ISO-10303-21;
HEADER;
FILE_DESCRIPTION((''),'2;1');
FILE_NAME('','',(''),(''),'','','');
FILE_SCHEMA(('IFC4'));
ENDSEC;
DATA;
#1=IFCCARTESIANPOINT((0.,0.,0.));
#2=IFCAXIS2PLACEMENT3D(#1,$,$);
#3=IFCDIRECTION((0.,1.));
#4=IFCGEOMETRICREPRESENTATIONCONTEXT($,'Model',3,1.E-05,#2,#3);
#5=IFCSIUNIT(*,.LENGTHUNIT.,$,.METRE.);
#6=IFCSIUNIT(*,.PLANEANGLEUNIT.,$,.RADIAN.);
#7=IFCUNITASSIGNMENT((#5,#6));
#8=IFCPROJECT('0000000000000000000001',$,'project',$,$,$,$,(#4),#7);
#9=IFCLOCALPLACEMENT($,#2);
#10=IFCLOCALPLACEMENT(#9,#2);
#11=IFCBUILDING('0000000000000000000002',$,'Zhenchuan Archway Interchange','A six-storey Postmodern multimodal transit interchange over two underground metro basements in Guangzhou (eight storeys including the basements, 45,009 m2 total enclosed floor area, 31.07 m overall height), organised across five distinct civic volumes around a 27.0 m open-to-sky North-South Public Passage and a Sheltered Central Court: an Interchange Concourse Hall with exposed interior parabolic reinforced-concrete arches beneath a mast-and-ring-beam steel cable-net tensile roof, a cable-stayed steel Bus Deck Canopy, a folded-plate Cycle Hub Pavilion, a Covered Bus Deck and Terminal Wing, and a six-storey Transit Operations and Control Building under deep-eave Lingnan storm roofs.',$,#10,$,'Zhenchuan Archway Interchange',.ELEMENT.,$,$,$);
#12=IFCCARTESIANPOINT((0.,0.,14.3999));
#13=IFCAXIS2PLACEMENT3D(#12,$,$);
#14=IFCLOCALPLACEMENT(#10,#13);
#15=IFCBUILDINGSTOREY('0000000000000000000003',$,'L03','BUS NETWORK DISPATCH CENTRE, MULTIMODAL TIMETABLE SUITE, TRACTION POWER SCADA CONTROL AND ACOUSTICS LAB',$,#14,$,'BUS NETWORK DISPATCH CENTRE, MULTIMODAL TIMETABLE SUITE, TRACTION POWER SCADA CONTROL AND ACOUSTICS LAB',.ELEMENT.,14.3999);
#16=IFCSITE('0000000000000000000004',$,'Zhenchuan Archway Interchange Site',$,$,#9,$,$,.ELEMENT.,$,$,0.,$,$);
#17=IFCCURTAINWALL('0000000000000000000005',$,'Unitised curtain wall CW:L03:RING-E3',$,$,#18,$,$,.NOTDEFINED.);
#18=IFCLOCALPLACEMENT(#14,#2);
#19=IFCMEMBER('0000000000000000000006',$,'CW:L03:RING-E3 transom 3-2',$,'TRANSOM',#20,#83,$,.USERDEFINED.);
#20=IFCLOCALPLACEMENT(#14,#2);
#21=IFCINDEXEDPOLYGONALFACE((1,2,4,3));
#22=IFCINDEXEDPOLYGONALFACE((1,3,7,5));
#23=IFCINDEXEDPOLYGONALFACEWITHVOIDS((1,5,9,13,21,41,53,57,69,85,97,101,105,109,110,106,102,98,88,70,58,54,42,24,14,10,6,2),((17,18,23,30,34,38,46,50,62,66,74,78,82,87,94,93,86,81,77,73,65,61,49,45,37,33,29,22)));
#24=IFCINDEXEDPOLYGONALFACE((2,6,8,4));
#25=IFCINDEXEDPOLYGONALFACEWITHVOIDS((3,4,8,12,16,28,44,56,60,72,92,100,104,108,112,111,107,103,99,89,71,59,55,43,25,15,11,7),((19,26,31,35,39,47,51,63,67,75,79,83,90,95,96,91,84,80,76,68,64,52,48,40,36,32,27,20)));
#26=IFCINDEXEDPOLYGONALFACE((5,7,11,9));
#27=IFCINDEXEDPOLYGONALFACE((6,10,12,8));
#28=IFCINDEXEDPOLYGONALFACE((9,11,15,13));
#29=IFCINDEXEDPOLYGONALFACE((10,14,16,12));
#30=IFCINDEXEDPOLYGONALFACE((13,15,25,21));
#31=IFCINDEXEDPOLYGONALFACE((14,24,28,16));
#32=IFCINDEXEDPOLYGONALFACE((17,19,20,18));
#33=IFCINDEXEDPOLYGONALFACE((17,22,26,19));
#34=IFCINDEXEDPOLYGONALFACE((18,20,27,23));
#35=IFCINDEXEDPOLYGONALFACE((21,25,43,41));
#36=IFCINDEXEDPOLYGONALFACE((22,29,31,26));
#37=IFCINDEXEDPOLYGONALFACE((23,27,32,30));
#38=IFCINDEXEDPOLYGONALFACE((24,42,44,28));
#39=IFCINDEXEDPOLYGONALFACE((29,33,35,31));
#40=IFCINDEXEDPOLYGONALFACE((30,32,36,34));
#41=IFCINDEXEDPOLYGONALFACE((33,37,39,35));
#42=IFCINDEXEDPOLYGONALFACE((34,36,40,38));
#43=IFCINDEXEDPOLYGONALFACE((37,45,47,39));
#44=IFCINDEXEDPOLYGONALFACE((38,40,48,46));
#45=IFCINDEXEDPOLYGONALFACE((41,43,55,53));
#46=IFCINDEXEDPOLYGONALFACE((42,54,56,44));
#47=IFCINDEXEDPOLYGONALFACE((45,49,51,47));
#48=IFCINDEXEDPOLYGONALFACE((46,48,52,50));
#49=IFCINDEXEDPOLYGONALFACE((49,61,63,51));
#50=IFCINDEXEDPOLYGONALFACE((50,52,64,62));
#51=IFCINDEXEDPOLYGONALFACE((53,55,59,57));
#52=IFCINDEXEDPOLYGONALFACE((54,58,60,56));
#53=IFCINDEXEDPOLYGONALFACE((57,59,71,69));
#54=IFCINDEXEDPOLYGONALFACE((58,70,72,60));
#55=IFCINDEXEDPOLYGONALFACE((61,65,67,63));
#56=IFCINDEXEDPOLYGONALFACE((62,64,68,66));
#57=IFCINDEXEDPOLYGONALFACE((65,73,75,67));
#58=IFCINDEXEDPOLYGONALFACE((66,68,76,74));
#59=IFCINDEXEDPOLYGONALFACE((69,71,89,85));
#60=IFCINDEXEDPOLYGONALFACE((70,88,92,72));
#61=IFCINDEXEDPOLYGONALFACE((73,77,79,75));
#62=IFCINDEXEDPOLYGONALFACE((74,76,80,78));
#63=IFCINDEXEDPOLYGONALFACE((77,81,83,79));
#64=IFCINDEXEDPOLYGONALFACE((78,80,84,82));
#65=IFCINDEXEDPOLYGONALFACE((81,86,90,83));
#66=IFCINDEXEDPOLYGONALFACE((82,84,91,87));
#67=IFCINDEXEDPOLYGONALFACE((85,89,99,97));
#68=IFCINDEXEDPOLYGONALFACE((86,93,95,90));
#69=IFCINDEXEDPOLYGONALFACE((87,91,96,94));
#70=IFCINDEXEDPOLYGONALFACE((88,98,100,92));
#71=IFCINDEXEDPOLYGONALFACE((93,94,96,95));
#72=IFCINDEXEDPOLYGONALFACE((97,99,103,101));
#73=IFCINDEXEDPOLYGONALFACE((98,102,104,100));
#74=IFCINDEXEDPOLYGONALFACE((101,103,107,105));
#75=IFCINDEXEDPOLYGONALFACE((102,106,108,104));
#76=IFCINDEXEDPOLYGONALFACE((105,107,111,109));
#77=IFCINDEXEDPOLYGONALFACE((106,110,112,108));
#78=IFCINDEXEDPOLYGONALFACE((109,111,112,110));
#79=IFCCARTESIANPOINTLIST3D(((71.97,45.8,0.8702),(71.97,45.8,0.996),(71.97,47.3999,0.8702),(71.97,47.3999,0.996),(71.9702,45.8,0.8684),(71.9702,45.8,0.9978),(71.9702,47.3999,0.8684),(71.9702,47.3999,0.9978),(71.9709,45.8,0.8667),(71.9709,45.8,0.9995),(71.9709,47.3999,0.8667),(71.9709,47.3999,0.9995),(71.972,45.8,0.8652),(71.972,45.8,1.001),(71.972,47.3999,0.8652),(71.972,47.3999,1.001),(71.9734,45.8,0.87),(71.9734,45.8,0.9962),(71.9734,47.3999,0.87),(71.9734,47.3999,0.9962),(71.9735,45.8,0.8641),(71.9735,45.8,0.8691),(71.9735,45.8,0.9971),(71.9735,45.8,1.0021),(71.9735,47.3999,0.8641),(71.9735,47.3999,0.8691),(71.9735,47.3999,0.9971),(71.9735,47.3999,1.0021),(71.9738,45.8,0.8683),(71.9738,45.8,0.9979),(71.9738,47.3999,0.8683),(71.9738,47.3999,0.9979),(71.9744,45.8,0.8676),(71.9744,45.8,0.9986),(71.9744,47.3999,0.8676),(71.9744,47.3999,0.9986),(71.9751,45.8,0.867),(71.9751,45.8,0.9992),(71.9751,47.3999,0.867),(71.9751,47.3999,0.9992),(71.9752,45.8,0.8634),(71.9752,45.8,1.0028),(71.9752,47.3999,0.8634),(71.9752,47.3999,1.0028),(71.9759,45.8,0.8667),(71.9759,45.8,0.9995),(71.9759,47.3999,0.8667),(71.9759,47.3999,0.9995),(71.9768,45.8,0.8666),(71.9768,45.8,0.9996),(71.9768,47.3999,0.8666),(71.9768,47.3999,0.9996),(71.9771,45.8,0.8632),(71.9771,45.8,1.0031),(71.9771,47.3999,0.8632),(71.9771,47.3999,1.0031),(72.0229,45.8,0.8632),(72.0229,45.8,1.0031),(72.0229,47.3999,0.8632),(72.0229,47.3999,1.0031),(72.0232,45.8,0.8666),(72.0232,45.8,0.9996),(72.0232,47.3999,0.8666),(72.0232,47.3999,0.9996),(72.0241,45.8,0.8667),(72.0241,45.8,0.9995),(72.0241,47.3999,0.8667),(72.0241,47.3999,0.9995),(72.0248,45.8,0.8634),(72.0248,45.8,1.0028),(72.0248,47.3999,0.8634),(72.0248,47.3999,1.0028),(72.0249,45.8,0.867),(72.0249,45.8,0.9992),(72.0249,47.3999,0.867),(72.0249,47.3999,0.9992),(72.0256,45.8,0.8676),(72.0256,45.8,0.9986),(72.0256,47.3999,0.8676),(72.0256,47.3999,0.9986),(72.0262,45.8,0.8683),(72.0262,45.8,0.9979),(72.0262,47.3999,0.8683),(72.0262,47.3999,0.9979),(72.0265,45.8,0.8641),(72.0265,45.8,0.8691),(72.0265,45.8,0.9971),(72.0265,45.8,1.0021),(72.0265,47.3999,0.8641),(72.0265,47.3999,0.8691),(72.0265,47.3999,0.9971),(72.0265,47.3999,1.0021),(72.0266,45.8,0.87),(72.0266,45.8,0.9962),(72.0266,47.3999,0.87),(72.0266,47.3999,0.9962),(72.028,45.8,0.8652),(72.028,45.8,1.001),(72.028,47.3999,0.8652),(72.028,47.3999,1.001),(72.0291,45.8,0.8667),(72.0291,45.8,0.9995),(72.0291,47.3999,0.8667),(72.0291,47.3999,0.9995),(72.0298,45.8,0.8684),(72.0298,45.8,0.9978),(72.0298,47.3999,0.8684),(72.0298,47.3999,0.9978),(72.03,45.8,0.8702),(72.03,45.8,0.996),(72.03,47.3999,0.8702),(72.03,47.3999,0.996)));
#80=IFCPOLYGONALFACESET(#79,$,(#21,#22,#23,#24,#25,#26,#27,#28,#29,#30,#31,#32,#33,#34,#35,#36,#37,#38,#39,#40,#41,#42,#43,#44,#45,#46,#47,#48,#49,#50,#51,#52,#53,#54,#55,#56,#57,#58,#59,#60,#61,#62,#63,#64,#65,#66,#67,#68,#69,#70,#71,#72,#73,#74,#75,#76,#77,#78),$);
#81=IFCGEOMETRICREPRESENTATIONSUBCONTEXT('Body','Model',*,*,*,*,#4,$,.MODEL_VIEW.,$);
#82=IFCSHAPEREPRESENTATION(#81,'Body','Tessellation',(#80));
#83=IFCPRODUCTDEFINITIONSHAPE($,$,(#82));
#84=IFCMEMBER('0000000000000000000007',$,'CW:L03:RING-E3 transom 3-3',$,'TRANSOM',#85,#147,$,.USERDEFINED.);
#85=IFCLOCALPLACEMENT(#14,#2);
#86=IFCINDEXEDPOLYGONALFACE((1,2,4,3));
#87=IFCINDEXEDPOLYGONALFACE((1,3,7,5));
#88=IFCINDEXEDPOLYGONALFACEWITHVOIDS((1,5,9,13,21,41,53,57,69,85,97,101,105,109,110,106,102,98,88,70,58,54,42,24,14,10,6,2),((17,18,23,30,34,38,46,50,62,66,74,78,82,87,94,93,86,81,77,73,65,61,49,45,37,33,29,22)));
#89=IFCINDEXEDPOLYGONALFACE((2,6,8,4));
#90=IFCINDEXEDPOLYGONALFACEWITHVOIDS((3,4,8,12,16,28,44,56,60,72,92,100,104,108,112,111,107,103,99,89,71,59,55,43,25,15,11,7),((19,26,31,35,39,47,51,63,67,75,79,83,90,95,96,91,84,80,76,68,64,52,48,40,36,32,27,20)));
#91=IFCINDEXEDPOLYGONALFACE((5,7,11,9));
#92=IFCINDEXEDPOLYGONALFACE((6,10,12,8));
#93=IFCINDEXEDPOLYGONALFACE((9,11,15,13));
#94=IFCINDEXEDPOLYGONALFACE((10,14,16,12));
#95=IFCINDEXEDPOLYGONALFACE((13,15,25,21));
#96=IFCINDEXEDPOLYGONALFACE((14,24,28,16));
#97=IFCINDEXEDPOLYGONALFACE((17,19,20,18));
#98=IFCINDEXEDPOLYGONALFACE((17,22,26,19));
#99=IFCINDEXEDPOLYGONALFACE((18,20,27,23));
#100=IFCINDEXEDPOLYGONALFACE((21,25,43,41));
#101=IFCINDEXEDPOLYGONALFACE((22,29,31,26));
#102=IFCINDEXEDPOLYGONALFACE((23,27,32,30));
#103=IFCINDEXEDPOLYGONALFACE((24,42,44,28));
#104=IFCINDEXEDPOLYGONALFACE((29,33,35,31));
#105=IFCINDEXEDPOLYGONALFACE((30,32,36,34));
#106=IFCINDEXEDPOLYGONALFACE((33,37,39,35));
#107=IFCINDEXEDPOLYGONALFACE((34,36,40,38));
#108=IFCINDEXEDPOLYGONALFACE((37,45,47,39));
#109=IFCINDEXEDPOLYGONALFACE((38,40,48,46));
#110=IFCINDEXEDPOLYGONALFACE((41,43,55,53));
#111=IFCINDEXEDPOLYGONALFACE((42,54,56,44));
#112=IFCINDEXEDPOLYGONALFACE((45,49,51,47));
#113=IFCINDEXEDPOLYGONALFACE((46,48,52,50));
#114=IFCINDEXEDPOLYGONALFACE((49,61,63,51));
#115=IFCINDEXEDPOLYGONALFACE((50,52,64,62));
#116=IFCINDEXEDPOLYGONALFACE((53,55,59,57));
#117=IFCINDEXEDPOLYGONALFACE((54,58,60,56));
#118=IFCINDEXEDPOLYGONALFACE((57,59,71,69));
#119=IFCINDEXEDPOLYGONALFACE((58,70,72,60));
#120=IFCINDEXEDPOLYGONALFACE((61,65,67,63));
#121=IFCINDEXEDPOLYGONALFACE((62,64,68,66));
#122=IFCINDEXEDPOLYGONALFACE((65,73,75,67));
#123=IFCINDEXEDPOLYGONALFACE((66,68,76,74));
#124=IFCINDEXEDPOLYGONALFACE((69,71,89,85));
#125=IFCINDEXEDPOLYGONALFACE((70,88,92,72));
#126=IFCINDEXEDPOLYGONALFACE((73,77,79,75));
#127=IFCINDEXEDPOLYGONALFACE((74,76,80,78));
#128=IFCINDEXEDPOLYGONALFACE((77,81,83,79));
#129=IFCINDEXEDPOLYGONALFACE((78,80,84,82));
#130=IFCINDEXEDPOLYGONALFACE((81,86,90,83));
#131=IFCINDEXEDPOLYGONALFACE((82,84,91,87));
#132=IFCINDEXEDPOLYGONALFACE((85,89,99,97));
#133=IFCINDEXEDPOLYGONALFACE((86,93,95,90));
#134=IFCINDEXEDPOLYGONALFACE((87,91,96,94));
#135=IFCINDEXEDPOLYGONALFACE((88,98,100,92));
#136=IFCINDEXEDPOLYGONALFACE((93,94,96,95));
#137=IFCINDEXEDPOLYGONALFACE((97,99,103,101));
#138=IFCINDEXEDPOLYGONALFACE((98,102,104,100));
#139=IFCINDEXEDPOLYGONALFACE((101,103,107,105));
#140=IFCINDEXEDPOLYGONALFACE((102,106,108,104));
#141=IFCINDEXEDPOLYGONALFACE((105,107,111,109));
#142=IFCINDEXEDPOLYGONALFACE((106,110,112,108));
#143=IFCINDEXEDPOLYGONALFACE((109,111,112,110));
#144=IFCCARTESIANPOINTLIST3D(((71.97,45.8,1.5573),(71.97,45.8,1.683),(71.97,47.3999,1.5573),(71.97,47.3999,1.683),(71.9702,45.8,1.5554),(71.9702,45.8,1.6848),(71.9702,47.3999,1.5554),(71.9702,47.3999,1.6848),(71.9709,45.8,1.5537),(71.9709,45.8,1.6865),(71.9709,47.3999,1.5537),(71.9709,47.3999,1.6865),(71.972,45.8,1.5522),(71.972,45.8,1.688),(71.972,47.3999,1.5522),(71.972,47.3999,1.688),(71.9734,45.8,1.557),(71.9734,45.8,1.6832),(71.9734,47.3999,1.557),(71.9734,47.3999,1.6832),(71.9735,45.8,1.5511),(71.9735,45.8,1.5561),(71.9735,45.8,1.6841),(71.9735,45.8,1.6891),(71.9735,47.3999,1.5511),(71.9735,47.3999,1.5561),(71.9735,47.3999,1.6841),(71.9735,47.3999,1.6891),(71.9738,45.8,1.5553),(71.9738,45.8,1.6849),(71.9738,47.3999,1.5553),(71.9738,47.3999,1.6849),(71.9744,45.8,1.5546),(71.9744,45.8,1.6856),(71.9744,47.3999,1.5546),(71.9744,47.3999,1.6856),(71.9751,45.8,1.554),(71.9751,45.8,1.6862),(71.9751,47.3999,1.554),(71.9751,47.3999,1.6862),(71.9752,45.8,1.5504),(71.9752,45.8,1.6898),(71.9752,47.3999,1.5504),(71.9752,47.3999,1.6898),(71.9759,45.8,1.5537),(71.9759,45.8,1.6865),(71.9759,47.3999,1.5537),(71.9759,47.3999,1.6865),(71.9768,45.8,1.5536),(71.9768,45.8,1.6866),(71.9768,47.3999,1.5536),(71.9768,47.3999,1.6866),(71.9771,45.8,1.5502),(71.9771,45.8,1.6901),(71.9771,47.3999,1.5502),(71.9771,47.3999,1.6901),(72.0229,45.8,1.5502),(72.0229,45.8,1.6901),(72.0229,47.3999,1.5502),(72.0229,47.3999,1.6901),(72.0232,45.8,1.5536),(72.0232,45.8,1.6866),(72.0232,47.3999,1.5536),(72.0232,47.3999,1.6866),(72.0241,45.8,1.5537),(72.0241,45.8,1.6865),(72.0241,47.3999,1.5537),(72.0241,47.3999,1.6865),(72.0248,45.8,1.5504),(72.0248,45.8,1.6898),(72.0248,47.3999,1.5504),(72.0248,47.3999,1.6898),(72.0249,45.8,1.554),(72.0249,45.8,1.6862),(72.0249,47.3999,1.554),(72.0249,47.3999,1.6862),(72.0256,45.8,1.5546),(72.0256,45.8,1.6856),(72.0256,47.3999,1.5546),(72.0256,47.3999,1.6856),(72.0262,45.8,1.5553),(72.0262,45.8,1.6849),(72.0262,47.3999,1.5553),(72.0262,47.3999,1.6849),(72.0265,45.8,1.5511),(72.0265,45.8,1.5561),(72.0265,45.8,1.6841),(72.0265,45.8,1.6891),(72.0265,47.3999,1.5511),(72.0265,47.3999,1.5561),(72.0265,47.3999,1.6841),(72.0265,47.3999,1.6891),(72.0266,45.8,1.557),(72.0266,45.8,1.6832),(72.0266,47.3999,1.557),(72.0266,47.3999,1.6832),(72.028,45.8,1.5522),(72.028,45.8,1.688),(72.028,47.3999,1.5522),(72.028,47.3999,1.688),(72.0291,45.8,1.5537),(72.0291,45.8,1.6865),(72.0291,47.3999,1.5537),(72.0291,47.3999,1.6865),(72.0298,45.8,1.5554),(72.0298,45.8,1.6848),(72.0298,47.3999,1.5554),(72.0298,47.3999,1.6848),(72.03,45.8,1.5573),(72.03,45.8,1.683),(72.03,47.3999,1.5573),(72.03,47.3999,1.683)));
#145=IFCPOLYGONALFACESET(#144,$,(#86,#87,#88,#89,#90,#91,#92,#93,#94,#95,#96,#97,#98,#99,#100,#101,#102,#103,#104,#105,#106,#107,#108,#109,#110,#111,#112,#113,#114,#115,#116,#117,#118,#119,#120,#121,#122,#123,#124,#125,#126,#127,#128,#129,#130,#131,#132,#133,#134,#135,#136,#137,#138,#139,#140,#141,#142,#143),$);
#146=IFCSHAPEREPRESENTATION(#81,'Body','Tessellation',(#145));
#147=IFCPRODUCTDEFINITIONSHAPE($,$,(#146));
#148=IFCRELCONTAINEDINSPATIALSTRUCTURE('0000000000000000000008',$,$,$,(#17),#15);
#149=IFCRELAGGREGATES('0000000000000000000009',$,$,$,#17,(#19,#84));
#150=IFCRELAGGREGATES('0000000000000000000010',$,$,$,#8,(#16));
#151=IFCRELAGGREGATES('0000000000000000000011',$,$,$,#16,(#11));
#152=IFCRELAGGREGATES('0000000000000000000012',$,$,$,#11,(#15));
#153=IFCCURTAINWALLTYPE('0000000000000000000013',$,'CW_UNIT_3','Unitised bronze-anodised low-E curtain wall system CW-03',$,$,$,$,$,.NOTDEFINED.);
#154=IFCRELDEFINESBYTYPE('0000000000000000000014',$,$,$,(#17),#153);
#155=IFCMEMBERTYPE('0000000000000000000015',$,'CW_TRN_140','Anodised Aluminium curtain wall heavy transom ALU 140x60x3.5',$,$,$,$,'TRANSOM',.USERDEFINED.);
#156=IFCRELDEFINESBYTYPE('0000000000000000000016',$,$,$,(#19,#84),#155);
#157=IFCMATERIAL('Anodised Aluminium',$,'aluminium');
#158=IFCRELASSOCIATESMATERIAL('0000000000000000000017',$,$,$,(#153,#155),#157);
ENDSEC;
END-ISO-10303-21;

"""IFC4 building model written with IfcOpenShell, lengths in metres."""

from ifc_helpers import new_model, si_unit, direction, frame, origin, origin_2d, place, context, subcontext, project, spatial, hollow_rectangle, extrude, material, material_profile, profile_set, type_object, element, aggregate, save


model = new_model("IFC4")

# Units and contexts
model_context = context("Model", 3, precision=1e-05, world=origin(), true_north=direction((0.0, 1.0)))
body_context = subcontext(model_context, "Body", "Model", "MODEL_VIEW")
ifc_project = project(units=[si_unit("LENGTHUNIT", "METRE"), si_unit("PLANEANGLEUNIT", "RADIAN")], contexts=[model_context])

# Site, building, storey
site_placement = place(None, origin())
site = spatial("IfcSite", under=ifc_project, at=site_placement, Name="Zhenchuan Archway Interchange Site", CompositionType="ELEMENT", RefElevation=0.0)
building_placement = place(site_placement, origin())
building = spatial("IfcBuilding", under=site, at=building_placement, Name="Zhenchuan Archway Interchange", Description="A six-storey Postmodern multimodal transit interchange over two underground metro basements in Guangzhou (eight storeys including the basements, 45,009 m2 total enclosed floor area, 31.07 m overall height), organised across five distinct civic volumes around a 27.0 m open-to-sky North-South Public Passage and a Sheltered Central Court: an Interchange Concourse Hall with exposed interior parabolic reinforced-concrete arches beneath a mast-and-ring-beam steel cable-net tensile roof, a cable-stayed steel Bus Deck Canopy, a folded-plate Cycle Hub Pavilion, a Covered Bus Deck and Terminal Wing, and a six-storey Transit Operations and Control Building under deep-eave Lingnan storm roofs.", LongName="Zhenchuan Archway Interchange", CompositionType="ELEMENT")
storey_placement = place(building_placement, frame((0.0, 0.0, 14.3999)))
storey = spatial("IfcBuildingStorey", under=building, at=storey_placement, Name="L03", Description="BUS NETWORK DISPATCH CENTRE, MULTIMODAL TIMETABLE SUITE, TRACTION POWER SCADA CONTROL AND ACOUSTICS LAB", LongName="BUS NETWORK DISPATCH CENTRE, MULTIMODAL TIMETABLE SUITE, TRACTION POWER SCADA CONTROL AND ACOUSTICS LAB", CompositionType="ELEMENT", Elevation=14.3999)

# Curtain wall
ifc_material_1 = material(Name="Anodised Aluminium", Category="aluminium")
curtain_wall_type = type_object("IfcCurtainWallType", Name="CW_UNIT_3", Description="Unitised bronze-anodised low-E curtain wall system CW-03", PredefinedType="NOTDEFINED", material=ifc_material_1)
curtain_wall_1_placement = place(storey_placement, origin())
curtain_wall_1 = element("IfcCurtainWall", 1, at=curtain_wall_1_placement, inside=storey, type_object=curtain_wall_type, Name="Unitised curtain wall CW:L03:RING-E3", PredefinedType="NOTDEFINED")

# Members
ifc_material_profile_1 = material_profile(ifc_material_1, hollow_rectangle(XDim=0.0601, YDim=0.1399, WallThickness=0.0034, InnerFilletRadius=0.0034, OuterFilletRadius=0.0071, at=origin_2d()), Name="ALU 140x60x3.5")
ifc_profile_set_1 = profile_set([ifc_material_profile_1], Name="Anodised Aluminium")
member_type_1 = type_object("IfcMemberType", Name="CW_TRN_140", Description="Anodised Aluminium curtain wall heavy transom ALU 140x60x3.5", ElementType="TRANSOM", PredefinedType="USERDEFINED", material=ifc_profile_set_1)
member_1_placement = place(storey_placement, frame((72.0, 45.8, 0.9331), z_axis=(0.0, 1.0, 0.0), x_axis=(-1.0, 0.0, 0.0)))
member_1 = element("IfcMember", 2, at=member_1_placement, type_object=member_type_1, Name="CW:L03:RING-E3 transom 3-2", ObjectType="TRANSOM", PredefinedType="USERDEFINED", context=body_context, shape_type="SweptSolid", body=[
    extrude(hollow_rectangle(XDim=0.0601, YDim=0.1399, WallThickness=0.0034, InnerFilletRadius=0.0034, OuterFilletRadius=0.0071, at=origin_2d()), origin(), (0.0, 0.0, 1.0), 1.5999),
])
member_2_placement = place(storey_placement, frame((72.0, 45.8, 1.6201), z_axis=(0.0, 1.0, 0.0), x_axis=(-1.0, 0.0, 0.0)))
member_2 = element("IfcMember", 3, at=member_2_placement, type_object=member_type_1, Name="CW:L03:RING-E3 transom 3-3", ObjectType="TRANSOM", PredefinedType="USERDEFINED", context=body_context, shape_type="SweptSolid", body=[
    extrude(hollow_rectangle(XDim=0.0601, YDim=0.1399, WallThickness=0.0034, InnerFilletRadius=0.0034, OuterFilletRadius=0.0071, at=origin_2d()), origin(), (0.0, 0.0, 1.0), 1.5999),
])

aggregate(curtain_wall_1, [member_1, member_2])

save(model, "model.ifc")
